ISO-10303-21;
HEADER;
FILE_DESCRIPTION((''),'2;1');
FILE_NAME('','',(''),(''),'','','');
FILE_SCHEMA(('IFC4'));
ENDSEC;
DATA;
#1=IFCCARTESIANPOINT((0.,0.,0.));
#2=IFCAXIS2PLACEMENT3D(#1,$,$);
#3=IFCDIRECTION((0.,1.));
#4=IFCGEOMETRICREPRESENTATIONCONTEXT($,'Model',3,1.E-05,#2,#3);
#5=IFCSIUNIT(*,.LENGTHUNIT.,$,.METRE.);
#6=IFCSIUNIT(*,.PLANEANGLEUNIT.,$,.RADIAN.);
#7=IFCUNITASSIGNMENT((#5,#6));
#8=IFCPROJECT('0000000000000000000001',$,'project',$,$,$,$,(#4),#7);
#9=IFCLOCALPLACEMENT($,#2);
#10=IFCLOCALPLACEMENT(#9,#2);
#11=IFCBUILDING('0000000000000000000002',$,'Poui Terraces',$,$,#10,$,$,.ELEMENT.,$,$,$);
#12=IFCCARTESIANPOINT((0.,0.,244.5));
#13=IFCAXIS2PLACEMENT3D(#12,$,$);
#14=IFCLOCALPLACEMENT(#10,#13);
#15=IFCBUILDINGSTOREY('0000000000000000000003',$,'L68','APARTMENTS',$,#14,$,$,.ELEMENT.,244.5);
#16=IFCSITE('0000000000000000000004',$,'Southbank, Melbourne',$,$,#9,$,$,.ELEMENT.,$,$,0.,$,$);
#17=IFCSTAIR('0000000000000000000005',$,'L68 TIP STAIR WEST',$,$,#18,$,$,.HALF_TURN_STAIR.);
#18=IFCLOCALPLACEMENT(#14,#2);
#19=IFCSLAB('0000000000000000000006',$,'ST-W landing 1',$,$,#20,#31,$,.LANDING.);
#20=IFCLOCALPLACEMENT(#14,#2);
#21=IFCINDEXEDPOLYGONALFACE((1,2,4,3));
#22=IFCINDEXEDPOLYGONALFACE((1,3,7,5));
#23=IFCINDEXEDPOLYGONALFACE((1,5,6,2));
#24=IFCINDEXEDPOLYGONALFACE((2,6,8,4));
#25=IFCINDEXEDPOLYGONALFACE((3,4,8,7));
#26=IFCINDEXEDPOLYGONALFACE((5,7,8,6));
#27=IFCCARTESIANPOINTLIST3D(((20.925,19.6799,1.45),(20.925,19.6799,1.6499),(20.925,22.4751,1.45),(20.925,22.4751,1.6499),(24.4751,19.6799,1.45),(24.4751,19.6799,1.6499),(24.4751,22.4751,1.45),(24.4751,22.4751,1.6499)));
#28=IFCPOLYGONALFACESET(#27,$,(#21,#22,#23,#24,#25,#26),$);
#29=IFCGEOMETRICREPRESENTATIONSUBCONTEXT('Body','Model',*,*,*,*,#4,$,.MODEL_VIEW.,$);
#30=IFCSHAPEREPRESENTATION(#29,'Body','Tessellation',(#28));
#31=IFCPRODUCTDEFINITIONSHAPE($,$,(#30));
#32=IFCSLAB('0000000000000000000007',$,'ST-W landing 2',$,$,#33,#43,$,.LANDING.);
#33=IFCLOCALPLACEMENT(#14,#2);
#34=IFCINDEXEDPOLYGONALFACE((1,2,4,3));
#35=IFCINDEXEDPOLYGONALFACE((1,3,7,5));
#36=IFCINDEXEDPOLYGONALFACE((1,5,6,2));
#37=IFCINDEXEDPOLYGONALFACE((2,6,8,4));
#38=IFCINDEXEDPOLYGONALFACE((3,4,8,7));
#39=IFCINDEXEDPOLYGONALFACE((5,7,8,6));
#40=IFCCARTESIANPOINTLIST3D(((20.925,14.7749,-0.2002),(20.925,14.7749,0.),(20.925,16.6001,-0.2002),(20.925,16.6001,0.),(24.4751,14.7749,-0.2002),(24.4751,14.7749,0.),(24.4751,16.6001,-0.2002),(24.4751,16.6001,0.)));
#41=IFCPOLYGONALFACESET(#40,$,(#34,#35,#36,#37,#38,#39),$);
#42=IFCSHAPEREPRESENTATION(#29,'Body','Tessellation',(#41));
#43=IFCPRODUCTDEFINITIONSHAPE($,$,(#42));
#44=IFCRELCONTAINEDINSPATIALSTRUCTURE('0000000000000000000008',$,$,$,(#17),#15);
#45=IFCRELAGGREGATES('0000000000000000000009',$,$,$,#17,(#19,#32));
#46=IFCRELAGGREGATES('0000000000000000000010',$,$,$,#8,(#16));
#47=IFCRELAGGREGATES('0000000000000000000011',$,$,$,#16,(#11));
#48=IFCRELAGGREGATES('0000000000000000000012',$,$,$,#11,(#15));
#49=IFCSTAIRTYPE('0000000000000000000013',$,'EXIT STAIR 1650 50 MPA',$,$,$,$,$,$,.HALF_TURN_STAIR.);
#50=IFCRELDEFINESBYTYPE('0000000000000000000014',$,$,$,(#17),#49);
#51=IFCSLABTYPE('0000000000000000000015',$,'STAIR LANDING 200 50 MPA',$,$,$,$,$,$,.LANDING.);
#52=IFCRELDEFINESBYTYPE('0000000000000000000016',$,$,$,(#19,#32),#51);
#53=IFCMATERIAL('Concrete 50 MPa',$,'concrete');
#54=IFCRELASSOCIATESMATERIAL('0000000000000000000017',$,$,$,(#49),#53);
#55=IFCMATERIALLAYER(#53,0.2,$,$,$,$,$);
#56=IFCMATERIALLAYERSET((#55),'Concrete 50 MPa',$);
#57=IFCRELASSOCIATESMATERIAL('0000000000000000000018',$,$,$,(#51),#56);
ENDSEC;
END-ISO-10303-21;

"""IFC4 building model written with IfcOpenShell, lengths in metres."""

from ifc_helpers import new_model, si_unit, direction, frame, origin, place, context, subcontext, project, spatial, polyline, outline, extrude, material, layer, layer_set, type_object, element, aggregate, save


model = new_model("IFC4")

# Units and contexts
model_context = context("Model", 3, precision=1e-05, world=origin(), true_north=direction((0.0, 1.0)))
body_context = subcontext(model_context, "Body", "Model", "MODEL_VIEW")
ifc_project = project(units=[si_unit("LENGTHUNIT", "METRE"), si_unit("PLANEANGLEUNIT", "RADIAN")], contexts=[model_context])

# Site, building, storey
site_placement = place(None, origin())
site = spatial("IfcSite", under=ifc_project, at=site_placement, Name="Southbank, Melbourne", CompositionType="ELEMENT", RefElevation=0.0)
building_placement = place(site_placement, origin())
building = spatial("IfcBuilding", under=site, at=building_placement, Name="Poui Terraces", CompositionType="ELEMENT")
storey_placement = place(building_placement, frame((0.0, 0.0, 244.5)))
storey = spatial("IfcBuildingStorey", under=building, at=storey_placement, Name="L68", Description="APARTMENTS", CompositionType="ELEMENT", Elevation=244.5)

# Stair, slabs
ifc_material = material(Name="Concrete 50 MPa", Category="concrete")
stair_type = type_object("IfcStairType", Name="EXIT STAIR 1650 50 MPA", PredefinedType="HALF_TURN_STAIR", material=ifc_material)
stair_placement = place(storey_placement, origin())
stair = element("IfcStair", 1, at=stair_placement, inside=storey, type_object=stair_type, Name="L68 TIP STAIR WEST", PredefinedType="HALF_TURN_STAIR")
ifc_layer = layer(ifc_material, 0.2)
ifc_layer_set = layer_set([ifc_layer], Name="Concrete 50 MPa")
slab_type = type_object("IfcSlabType", Name="STAIR LANDING 200 50 MPA", PredefinedType="LANDING", material=ifc_layer_set)
slab_1_placement = place(storey_placement, frame((0.0, 0.0, 1.45)))
slab_1 = element("IfcSlab", 2, at=slab_1_placement, type_object=slab_type, Name="ST-W landing 1", PredefinedType="LANDING", context=body_context, shape_type="SweptSolid", body=[
    extrude(outline(polyline([(20.925, 19.6799), (24.4751, 19.6799), (24.4751, 22.4751), (20.925, 22.4751), (20.925, 19.6799)])), origin(), (0.0, 0.0, 1.0), 0.2),
])
slab_2_placement = place(storey_placement, frame((0.0, 0.0, -0.2002)))
slab_2 = element("IfcSlab", 3, at=slab_2_placement, type_object=slab_type, Name="ST-W landing 2", PredefinedType="LANDING", context=body_context, shape_type="SweptSolid", body=[
    extrude(outline(polyline([(20.925, 14.7749), (24.4751, 14.7749), (24.4751, 16.6001), (20.925, 16.6001), (20.925, 14.7749)])), origin(), (0.0, 0.0, 1.0), 0.2002),
])
aggregate(stair, [slab_1, slab_2])

save(model, "model.ifc")
